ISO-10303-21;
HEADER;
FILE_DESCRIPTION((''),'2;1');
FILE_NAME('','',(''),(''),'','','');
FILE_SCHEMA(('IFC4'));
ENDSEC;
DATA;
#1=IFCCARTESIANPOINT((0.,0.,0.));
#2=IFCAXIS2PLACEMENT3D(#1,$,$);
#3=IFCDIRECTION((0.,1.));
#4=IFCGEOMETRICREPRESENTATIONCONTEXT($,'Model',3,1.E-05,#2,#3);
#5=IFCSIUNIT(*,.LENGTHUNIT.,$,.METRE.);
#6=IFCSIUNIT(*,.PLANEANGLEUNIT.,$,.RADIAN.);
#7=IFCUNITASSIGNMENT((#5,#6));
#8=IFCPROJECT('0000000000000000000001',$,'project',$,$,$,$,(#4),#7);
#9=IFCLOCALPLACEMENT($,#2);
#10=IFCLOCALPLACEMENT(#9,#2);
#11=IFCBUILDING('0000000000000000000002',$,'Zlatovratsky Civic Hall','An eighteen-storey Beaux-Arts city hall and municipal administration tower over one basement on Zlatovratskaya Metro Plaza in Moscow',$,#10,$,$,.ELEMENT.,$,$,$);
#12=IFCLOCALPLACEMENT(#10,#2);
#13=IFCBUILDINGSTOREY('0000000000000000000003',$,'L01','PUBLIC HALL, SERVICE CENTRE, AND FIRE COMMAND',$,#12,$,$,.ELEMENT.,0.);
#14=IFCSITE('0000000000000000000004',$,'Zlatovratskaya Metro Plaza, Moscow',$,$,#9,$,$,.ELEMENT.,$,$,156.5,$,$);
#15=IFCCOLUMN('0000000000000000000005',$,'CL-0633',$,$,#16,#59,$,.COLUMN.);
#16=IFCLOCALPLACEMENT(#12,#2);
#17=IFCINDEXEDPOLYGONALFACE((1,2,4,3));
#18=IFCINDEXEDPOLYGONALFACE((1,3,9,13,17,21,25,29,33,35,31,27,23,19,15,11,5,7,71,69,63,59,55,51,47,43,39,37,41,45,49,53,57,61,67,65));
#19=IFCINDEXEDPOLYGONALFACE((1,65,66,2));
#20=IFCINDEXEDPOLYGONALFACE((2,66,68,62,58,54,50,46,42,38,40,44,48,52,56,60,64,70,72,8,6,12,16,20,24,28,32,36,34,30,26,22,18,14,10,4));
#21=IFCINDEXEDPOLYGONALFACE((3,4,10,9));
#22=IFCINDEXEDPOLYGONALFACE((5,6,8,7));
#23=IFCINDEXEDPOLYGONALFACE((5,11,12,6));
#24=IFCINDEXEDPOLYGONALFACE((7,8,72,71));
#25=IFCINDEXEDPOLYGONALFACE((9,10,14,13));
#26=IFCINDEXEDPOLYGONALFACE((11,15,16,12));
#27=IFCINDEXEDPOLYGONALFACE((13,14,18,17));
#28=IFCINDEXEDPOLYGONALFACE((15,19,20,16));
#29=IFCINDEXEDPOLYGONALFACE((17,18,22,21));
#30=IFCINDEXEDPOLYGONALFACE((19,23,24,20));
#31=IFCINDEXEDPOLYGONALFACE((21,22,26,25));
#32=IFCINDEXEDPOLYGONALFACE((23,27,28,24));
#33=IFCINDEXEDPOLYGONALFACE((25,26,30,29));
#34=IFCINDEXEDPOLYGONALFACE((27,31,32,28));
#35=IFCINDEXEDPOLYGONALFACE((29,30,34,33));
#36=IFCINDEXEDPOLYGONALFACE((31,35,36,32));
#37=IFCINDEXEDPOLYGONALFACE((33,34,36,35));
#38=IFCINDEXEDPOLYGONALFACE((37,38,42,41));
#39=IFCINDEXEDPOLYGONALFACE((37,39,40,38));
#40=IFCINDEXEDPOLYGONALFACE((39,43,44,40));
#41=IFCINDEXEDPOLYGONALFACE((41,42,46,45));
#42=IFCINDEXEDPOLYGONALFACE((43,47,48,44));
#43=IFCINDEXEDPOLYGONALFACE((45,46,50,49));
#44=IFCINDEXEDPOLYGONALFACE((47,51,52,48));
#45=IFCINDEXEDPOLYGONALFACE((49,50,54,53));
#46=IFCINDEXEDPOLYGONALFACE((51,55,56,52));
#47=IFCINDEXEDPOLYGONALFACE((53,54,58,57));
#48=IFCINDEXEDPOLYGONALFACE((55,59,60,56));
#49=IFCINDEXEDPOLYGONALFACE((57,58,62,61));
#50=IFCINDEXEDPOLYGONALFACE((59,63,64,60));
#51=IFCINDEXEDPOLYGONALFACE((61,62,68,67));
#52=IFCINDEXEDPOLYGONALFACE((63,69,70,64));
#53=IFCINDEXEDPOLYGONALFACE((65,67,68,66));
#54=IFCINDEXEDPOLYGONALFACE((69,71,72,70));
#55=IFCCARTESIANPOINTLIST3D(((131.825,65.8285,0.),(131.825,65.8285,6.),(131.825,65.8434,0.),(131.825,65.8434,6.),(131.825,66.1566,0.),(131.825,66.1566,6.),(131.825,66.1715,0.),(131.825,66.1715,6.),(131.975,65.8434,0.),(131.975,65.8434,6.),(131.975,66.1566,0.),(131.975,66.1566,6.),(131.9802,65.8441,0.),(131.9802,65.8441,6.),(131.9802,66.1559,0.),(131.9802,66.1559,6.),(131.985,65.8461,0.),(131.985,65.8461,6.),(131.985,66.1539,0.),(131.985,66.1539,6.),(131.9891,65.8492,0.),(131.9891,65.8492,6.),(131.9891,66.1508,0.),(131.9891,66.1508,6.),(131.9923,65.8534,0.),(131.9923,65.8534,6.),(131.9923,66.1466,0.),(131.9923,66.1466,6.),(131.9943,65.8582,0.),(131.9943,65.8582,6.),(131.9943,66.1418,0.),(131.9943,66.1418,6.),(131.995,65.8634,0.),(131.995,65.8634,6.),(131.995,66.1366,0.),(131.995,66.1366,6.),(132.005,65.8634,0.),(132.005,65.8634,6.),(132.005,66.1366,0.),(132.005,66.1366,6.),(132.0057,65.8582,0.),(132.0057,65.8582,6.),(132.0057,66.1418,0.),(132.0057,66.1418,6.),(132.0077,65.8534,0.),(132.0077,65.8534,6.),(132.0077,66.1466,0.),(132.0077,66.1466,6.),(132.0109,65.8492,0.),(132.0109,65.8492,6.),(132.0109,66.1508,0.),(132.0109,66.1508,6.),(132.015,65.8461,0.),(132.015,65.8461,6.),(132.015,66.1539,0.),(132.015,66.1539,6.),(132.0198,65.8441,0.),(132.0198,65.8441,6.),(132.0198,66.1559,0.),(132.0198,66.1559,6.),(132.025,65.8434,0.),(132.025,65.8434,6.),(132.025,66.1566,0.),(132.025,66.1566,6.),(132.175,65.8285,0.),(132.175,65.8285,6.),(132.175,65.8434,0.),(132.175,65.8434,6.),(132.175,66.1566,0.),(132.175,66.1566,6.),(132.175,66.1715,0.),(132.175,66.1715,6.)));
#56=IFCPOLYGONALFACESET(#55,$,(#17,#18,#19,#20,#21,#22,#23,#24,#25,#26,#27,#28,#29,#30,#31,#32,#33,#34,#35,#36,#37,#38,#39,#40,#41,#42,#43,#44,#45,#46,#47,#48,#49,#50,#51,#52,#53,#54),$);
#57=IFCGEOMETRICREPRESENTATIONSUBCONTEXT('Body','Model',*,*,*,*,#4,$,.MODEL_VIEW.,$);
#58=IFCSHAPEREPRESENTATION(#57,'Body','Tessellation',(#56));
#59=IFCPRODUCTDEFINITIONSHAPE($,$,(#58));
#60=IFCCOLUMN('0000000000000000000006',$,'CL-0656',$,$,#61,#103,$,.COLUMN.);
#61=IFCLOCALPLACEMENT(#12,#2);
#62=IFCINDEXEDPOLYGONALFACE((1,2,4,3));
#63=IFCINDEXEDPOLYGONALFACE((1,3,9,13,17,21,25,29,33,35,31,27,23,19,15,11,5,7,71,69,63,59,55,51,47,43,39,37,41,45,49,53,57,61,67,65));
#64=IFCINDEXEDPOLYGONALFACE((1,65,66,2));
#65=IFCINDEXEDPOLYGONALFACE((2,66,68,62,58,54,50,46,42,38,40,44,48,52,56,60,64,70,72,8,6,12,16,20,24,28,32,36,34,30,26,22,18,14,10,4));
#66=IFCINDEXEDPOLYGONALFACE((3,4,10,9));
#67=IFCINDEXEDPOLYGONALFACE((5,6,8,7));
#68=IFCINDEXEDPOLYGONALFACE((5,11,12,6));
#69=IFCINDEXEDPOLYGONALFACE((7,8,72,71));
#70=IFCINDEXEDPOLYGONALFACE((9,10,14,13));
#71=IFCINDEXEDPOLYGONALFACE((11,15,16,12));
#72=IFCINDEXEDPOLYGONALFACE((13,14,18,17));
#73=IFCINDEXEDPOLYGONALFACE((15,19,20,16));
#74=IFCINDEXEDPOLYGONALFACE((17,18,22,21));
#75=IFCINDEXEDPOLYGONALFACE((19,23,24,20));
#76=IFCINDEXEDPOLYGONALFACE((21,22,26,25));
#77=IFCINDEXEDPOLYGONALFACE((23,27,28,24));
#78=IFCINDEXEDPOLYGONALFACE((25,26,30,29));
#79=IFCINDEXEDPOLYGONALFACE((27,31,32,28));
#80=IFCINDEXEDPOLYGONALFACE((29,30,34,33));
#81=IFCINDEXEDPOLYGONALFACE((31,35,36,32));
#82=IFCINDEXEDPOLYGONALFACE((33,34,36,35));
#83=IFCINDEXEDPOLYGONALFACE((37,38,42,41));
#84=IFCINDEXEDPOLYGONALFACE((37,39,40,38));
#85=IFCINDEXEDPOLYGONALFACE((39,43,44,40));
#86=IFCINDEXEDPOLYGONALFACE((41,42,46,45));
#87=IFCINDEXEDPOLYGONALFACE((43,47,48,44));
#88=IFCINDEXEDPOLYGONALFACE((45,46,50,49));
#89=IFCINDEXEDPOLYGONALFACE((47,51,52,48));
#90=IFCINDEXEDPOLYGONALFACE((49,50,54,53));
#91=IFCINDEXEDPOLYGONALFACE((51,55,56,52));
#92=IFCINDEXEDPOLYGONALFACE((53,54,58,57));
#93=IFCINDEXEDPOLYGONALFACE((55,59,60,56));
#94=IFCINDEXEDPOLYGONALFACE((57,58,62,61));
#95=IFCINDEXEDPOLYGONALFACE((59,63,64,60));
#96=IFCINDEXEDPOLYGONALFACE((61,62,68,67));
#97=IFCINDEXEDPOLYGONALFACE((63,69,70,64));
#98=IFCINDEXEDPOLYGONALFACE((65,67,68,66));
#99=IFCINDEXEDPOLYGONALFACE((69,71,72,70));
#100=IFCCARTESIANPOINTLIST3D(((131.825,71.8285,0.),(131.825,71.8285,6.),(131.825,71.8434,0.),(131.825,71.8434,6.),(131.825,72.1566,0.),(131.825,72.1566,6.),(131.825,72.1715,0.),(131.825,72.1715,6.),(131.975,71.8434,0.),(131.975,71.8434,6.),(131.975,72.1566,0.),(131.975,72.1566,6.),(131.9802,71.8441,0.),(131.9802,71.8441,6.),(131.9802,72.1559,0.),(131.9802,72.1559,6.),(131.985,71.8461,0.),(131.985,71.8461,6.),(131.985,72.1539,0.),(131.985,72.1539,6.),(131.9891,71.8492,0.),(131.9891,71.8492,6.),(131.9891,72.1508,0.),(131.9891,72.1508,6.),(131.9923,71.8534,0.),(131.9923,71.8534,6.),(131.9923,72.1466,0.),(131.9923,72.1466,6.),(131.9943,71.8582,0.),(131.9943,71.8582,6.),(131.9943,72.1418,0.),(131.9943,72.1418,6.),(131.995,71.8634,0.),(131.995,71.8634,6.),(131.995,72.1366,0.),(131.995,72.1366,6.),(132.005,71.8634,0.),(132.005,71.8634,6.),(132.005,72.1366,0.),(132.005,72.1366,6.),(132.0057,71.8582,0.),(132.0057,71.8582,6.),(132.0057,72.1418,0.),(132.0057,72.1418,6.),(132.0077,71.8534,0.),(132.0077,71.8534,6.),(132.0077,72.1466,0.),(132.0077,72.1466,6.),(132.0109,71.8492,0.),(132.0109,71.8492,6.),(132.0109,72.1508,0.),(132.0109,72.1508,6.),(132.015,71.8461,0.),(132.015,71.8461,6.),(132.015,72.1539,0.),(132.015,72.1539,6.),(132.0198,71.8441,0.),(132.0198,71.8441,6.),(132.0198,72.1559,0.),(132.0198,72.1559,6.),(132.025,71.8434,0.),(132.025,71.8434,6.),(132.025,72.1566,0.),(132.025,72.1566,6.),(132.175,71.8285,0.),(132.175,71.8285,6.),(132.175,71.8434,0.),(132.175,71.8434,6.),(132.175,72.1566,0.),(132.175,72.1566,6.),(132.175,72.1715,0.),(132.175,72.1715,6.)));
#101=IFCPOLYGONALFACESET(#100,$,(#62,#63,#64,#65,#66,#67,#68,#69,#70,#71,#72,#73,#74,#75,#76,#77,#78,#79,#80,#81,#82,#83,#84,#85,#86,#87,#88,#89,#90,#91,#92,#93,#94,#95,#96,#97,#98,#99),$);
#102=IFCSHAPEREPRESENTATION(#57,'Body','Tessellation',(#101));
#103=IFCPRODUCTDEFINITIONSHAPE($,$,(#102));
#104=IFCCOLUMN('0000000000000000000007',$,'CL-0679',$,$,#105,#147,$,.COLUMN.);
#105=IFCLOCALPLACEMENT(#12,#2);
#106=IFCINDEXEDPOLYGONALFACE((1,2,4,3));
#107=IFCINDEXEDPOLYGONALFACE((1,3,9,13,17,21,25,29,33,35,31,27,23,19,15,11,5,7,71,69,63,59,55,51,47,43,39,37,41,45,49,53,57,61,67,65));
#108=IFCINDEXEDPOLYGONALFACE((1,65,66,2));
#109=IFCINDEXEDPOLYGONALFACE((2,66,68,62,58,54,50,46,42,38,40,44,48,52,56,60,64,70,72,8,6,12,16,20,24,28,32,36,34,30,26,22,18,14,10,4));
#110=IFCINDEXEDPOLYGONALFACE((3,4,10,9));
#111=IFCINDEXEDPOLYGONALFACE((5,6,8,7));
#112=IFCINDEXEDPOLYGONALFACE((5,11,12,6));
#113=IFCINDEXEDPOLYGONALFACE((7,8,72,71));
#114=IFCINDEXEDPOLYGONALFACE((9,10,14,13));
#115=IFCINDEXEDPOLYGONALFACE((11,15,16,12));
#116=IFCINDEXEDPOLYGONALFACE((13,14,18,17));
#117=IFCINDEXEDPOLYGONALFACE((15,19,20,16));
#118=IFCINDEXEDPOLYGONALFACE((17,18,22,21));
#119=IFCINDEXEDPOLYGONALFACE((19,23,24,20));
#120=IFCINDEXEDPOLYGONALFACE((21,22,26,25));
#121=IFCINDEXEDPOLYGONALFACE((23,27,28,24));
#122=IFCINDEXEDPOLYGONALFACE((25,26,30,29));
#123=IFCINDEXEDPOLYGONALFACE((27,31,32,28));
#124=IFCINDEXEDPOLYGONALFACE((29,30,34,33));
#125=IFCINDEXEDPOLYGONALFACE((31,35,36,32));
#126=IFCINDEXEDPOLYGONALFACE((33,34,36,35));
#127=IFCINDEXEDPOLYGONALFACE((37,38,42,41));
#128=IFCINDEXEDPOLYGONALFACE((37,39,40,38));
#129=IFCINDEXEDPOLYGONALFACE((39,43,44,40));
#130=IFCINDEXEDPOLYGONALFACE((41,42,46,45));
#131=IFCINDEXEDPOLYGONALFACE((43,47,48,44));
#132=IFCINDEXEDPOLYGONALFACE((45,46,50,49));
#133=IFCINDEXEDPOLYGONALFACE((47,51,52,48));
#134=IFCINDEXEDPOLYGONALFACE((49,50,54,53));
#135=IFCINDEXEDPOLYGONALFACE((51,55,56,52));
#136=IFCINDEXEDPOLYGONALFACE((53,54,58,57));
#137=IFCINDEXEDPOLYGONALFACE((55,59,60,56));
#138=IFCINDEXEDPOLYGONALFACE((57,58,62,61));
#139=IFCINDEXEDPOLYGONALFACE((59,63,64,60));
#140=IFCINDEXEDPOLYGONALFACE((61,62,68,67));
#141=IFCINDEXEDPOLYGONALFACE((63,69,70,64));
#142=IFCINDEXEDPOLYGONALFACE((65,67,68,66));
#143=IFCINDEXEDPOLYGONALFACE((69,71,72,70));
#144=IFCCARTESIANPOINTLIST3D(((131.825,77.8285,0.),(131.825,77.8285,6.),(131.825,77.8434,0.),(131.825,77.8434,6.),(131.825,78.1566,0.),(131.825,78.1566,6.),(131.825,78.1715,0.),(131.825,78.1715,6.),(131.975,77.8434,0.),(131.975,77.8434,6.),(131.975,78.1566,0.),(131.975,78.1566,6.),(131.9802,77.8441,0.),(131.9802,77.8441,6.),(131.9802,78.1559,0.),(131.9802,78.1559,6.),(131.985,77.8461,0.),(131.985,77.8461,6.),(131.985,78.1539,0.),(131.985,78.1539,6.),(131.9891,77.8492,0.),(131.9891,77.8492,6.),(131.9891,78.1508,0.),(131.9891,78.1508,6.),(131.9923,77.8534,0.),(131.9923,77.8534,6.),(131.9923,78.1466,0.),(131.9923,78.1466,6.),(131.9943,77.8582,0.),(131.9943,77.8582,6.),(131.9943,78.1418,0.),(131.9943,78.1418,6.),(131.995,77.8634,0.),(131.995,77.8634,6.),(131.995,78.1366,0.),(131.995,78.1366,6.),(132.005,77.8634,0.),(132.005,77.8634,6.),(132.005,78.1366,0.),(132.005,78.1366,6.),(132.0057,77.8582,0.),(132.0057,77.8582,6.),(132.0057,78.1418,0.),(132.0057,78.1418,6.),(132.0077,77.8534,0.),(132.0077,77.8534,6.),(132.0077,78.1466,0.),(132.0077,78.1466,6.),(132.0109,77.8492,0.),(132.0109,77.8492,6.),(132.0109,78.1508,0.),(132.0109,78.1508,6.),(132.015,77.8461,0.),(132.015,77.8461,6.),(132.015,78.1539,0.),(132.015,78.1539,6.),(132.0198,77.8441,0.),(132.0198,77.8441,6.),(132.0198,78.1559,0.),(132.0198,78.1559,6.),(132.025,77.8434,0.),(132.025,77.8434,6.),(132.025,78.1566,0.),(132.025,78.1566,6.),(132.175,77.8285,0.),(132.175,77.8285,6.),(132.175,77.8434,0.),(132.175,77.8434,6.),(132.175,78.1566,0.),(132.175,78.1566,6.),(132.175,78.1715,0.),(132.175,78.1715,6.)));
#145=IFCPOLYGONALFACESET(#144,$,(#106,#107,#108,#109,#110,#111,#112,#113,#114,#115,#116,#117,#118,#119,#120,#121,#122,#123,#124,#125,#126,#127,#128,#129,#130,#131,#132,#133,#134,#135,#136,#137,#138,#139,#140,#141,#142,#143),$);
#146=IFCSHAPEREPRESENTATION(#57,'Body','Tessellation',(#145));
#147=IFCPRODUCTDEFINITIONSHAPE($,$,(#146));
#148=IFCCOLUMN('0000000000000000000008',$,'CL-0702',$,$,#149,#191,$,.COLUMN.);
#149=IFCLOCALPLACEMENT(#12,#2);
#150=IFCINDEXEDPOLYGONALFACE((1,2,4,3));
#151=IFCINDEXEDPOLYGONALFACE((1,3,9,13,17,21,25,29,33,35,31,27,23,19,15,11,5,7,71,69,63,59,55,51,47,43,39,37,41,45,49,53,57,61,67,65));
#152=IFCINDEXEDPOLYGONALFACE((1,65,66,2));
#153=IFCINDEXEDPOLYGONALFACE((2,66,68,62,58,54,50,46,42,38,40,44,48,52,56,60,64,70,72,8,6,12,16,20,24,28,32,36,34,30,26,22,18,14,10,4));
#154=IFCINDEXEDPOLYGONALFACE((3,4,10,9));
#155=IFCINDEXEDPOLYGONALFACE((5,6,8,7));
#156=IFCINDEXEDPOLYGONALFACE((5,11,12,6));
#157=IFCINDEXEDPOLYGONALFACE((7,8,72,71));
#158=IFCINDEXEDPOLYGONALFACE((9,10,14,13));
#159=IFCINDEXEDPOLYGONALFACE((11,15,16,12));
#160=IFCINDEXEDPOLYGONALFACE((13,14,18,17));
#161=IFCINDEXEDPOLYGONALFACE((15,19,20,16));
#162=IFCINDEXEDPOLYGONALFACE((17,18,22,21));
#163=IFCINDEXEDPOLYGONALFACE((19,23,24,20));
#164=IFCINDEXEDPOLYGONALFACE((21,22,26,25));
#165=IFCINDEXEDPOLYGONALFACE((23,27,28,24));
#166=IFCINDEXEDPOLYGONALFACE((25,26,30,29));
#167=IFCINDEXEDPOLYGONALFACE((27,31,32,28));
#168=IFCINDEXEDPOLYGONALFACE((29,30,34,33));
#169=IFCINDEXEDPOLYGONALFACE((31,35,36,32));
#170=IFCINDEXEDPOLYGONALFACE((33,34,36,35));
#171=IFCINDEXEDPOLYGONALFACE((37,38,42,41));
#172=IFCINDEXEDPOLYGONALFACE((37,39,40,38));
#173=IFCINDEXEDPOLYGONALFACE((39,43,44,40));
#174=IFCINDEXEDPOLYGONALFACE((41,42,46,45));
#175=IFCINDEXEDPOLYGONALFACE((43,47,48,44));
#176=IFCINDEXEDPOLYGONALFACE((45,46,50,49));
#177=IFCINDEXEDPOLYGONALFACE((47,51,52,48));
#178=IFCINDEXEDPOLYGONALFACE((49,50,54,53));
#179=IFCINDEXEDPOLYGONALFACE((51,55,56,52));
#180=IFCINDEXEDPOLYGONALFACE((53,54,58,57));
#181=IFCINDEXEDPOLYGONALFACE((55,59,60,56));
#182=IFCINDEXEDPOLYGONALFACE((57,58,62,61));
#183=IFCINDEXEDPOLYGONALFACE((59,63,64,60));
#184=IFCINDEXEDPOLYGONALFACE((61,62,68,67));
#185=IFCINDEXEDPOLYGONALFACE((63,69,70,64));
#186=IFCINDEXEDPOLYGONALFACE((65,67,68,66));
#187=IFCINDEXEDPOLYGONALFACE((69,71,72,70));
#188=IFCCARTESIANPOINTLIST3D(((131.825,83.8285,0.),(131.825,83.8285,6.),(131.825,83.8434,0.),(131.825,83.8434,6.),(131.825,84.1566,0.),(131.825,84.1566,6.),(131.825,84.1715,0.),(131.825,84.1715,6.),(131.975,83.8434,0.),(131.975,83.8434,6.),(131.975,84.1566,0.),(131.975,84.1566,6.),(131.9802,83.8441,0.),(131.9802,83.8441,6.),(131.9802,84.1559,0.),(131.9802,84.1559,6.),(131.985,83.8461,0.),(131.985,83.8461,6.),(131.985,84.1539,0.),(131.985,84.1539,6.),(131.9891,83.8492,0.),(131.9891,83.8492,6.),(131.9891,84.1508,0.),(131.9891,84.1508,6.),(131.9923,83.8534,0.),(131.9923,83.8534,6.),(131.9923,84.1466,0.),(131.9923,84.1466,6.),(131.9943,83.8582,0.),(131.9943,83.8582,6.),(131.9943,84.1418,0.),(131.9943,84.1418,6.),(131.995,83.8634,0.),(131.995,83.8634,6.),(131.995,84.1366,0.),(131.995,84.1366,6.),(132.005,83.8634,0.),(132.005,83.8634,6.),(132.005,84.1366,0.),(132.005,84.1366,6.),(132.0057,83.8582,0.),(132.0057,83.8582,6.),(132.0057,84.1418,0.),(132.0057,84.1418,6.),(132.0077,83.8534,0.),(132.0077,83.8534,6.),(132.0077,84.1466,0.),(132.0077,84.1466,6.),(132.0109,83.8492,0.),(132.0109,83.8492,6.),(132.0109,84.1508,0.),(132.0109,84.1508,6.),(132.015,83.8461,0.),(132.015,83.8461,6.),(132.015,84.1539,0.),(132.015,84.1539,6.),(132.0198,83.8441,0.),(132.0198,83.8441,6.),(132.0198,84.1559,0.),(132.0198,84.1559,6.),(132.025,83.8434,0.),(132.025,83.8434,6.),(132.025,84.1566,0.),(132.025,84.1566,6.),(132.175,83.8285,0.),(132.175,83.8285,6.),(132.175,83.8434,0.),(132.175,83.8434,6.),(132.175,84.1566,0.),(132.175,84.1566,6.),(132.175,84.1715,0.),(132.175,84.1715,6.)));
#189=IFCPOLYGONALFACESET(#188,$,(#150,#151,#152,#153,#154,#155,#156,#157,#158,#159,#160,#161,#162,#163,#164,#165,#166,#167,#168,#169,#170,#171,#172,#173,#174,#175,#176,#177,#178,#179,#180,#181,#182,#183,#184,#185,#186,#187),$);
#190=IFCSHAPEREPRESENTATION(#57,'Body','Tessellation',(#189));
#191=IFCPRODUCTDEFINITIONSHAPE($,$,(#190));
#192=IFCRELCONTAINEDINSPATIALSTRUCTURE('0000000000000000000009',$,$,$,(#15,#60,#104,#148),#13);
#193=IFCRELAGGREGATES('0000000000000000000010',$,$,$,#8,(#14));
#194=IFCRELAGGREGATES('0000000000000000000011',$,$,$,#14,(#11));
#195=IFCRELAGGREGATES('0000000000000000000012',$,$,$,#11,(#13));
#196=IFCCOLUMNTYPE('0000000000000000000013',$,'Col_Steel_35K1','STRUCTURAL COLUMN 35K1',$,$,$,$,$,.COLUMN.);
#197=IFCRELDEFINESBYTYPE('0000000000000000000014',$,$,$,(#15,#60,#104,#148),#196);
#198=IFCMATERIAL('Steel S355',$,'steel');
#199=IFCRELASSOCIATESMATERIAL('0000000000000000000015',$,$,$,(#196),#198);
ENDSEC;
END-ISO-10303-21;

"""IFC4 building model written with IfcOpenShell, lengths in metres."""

from ifc_helpers import new_model, si_unit, direction, frame, origin, origin_2d, place, context, subcontext, project, spatial, i_section, extrude, material, material_profile, profile_set, type_object, element, save


model = new_model("IFC4")

# Units and contexts
model_context = context("Model", 3, precision=1e-05, world=origin(), true_north=direction((0.0, 1.0)))
body_context = subcontext(model_context, "Body", "Model", "MODEL_VIEW")
ifc_project = project(units=[si_unit("LENGTHUNIT", "METRE"), si_unit("PLANEANGLEUNIT", "RADIAN")], contexts=[model_context])

# Site, building, storey
site_placement = place(None, origin())
site = spatial("IfcSite", under=ifc_project, at=site_placement, Name="Zlatovratskaya Metro Plaza, Moscow", CompositionType="ELEMENT", RefElevation=156.5)
building_placement = place(site_placement, origin())
building = spatial("IfcBuilding", under=site, at=building_placement, Name="Zlatovratsky Civic Hall", Description="An eighteen-storey Beaux-Arts city hall and municipal administration tower over one basement on Zlatovratskaya Metro Plaza in Moscow", CompositionType="ELEMENT")
storey_placement = place(building_placement, origin())
storey = spatial("IfcBuildingStorey", under=building, at=storey_placement, Name="L01", Description="PUBLIC HALL, SERVICE CENTRE, AND FIRE COMMAND", CompositionType="ELEMENT", Elevation=0.0)

# Columns
ifc_material_1 = material(Name="Steel S355", Category="steel")
ifc_material_profile_1 = material_profile(ifc_material_1, i_section(OverallWidth=0.3501, OverallDepth=0.343, WebThickness=0.01, FlangeThickness=0.0149, FilletRadius=0.02, at=origin_2d()), Name="35K1")
ifc_profile_set_1 = profile_set([ifc_material_profile_1], Name="Steel S355")
column_type = type_object("IfcColumnType", Name="Col_Steel_35K1", Description="STRUCTURAL COLUMN 35K1", PredefinedType="COLUMN", material=ifc_profile_set_1)
for number, where, z_axis, x_axis, name in (
    (1, (132.0, 66.0, 0.0), (0.0, 0.0, 1.0), (1.0, 0.0, 0.0), "CL-0633"),
    (2, (132.0, 72.0, 0.0), (0.0, 0.0, 1.0), (1.0, 0.0, 0.0), "CL-0656"),
    (3, (132.0, 78.0, 0.0), (0.0, 0.0, 1.0), (1.0, 0.0, 0.0), "CL-0679"),
    (4, (132.0, 84.0, 0.0), (0.0, 0.0, 1.0), (1.0, 0.0, 0.0), "CL-0702"),
):
    element("IfcColumn", number, at=place(storey_placement, frame(where, z_axis=z_axis, x_axis=x_axis)), inside=storey, type_object=column_type, Name=name, PredefinedType="COLUMN", context=body_context, shape_type="SweptSolid", body=[
        extrude(i_section(OverallWidth=0.3501, OverallDepth=0.343, WebThickness=0.01, FlangeThickness=0.0149, FilletRadius=0.02, at=origin_2d()), origin(), (0.0, 0.0, 1.0), 6.0),
    ])

save(model, "model.ifc")
